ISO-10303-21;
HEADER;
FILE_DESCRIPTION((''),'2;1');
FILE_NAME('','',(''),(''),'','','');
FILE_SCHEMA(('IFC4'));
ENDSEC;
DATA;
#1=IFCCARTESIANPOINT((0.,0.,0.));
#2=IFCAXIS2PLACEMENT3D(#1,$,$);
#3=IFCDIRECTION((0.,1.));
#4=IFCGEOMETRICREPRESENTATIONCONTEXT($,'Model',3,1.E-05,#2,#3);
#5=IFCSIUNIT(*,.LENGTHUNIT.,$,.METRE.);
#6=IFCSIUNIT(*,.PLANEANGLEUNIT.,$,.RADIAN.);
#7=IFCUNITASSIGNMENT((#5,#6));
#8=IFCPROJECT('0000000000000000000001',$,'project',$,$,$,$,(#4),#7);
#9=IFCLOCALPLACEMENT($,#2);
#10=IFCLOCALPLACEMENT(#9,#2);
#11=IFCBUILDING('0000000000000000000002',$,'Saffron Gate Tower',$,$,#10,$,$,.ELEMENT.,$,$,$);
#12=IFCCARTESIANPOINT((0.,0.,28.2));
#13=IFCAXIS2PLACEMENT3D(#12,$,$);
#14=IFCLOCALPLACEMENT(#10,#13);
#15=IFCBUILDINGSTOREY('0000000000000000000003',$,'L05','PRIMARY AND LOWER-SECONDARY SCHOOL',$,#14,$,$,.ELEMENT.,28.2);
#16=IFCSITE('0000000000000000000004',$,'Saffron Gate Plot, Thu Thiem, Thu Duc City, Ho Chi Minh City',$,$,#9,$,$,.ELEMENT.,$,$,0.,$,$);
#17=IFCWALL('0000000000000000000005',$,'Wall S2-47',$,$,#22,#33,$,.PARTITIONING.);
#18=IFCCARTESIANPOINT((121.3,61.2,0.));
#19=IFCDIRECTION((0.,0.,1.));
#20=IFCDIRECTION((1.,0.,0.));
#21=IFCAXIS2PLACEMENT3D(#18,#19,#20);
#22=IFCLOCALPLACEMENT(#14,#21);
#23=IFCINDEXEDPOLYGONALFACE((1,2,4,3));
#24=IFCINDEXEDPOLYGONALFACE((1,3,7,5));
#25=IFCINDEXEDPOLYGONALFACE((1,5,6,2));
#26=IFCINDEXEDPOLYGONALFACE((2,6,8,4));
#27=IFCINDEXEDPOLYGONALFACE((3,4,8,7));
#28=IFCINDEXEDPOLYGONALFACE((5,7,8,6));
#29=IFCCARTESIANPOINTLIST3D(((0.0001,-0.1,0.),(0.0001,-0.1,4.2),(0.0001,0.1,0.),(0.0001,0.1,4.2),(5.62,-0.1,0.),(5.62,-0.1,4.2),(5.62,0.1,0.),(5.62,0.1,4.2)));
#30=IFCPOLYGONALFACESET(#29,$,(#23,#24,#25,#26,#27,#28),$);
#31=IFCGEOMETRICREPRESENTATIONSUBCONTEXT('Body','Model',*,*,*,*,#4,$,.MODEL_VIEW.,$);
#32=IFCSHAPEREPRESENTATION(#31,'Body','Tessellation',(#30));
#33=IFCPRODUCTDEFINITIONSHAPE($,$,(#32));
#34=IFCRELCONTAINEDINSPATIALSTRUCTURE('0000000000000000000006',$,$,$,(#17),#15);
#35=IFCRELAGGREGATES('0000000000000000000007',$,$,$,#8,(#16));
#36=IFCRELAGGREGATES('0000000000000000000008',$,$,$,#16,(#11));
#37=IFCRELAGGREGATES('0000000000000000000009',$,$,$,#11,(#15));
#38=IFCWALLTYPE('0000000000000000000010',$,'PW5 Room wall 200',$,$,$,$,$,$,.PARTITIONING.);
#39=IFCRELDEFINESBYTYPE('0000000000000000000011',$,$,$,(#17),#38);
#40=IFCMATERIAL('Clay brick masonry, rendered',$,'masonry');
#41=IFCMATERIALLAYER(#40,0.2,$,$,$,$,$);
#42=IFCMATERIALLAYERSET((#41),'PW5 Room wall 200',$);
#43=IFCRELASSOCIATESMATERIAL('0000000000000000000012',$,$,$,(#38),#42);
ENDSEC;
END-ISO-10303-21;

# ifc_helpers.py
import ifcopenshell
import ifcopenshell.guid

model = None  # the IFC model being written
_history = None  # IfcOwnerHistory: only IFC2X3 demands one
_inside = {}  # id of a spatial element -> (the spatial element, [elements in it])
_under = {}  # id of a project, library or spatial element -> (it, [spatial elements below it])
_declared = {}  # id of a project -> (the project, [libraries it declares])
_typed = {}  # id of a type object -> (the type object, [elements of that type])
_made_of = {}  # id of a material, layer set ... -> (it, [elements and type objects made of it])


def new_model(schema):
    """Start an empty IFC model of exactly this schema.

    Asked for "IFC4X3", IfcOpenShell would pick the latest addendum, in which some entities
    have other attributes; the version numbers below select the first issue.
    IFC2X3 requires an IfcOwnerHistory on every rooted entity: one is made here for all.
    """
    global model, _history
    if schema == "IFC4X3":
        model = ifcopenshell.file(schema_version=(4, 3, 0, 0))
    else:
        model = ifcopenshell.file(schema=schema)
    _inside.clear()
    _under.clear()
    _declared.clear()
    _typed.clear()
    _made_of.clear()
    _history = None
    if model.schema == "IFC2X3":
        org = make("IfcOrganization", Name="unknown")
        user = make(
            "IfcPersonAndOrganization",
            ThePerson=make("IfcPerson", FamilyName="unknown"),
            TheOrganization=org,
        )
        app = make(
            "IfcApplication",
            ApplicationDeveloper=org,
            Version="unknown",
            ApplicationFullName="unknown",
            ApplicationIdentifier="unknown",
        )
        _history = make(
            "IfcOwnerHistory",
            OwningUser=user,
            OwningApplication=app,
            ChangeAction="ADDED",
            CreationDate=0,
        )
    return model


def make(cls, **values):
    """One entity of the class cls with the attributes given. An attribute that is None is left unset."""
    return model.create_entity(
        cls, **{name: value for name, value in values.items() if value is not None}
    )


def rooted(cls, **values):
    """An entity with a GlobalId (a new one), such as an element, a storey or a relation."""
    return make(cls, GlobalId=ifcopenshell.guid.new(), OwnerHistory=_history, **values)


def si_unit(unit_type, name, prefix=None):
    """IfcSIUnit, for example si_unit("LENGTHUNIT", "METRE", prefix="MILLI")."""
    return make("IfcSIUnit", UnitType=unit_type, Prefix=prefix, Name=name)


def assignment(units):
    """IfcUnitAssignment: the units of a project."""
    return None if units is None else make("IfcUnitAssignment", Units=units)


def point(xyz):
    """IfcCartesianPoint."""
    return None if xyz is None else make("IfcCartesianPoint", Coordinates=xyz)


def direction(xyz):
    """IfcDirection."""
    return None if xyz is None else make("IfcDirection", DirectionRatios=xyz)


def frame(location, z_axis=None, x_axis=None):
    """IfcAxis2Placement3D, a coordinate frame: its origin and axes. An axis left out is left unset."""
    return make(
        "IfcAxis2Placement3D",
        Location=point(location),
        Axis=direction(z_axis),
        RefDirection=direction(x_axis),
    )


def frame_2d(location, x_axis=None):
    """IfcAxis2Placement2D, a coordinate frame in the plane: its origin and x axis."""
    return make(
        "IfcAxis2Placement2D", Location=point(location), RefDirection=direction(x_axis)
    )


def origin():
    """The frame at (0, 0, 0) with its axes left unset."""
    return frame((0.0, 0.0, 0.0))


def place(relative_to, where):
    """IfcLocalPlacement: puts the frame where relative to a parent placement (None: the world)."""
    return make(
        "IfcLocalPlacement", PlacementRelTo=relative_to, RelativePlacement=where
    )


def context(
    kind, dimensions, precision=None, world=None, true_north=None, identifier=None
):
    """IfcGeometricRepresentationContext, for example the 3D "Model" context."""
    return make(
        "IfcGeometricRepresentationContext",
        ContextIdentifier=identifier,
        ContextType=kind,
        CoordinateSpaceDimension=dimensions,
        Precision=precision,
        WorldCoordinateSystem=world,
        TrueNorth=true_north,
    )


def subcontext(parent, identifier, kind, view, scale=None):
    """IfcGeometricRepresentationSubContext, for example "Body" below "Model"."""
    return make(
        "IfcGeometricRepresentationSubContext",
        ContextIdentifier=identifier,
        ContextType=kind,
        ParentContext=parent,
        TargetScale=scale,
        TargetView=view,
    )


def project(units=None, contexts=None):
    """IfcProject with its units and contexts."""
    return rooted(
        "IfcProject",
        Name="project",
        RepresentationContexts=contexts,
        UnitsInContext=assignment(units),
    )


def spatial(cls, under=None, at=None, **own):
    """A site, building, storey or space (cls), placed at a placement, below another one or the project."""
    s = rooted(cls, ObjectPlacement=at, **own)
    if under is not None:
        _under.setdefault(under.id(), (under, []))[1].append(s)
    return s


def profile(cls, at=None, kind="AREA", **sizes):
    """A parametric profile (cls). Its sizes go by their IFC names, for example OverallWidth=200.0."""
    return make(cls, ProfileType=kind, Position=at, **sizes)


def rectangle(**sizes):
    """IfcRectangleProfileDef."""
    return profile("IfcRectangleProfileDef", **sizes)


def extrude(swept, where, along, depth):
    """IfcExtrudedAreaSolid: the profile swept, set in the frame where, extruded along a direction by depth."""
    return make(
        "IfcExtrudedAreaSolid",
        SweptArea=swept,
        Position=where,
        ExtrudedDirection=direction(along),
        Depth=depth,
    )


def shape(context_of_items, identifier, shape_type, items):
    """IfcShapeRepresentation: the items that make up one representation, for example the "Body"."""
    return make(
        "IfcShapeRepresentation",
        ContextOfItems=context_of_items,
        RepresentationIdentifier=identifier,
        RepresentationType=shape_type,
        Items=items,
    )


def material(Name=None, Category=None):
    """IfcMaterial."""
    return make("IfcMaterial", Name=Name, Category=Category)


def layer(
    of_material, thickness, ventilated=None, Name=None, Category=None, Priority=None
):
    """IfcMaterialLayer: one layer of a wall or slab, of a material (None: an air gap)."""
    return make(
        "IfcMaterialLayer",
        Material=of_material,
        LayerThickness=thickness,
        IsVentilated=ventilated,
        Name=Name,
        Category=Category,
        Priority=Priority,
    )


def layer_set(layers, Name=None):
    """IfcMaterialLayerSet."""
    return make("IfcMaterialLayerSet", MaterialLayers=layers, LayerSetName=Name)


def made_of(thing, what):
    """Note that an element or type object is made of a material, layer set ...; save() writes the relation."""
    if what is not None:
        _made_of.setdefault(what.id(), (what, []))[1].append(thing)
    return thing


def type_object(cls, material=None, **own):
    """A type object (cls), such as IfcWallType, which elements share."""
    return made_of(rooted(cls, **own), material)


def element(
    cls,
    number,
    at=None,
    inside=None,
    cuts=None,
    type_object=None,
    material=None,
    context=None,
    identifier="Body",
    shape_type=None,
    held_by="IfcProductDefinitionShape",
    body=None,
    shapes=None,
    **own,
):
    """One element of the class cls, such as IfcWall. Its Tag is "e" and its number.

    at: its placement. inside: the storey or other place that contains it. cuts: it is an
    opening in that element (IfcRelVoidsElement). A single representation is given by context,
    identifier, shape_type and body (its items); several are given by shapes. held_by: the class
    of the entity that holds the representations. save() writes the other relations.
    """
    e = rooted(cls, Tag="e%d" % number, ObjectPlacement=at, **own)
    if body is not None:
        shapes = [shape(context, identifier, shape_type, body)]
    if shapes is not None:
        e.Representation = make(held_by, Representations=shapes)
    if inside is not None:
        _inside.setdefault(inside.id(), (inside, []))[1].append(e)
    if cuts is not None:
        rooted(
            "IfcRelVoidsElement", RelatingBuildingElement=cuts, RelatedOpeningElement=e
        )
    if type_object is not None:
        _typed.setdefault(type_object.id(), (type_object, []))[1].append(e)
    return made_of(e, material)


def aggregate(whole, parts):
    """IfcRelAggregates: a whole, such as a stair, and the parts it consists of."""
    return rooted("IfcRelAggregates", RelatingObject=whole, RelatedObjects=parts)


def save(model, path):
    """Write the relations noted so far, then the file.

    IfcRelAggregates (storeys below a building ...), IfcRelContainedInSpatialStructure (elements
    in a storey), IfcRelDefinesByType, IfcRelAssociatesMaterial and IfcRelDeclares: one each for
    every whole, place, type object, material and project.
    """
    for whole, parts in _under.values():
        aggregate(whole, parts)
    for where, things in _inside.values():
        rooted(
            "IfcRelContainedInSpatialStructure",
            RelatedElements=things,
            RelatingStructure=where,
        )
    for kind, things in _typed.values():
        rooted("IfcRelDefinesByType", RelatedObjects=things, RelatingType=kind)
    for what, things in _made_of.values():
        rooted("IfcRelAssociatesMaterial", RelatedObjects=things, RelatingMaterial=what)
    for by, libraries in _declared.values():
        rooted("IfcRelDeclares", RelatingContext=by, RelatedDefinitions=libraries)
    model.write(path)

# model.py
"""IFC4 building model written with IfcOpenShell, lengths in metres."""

from ifc_helpers import new_model, si_unit, direction, frame, frame_2d, origin, place, context, subcontext, project, spatial, rectangle, extrude, material, layer, layer_set, type_object, element, save


model = new_model("IFC4")

# Units and contexts
model_context = context("Model", 3, precision=1e-05, world=origin(), true_north=direction((0.0, 1.0)))
body_context = subcontext(model_context, "Body", "Model", "MODEL_VIEW")
ifc_project = project(units=[si_unit("LENGTHUNIT", "METRE"), si_unit("PLANEANGLEUNIT", "RADIAN")], contexts=[model_context])

# Site, building, storey
site_placement = place(None, origin())
site = spatial("IfcSite", under=ifc_project, at=site_placement, Name="Saffron Gate Plot, Thu Thiem, Thu Duc City, Ho Chi Minh City", CompositionType="ELEMENT", RefElevation=0.0)
building_placement = place(site_placement, origin())
building = spatial("IfcBuilding", under=site, at=building_placement, Name="Saffron Gate Tower", CompositionType="ELEMENT")
storey_placement = place(building_placement, frame((0.0, 0.0, 28.2)))
storey = spatial("IfcBuildingStorey", under=building, at=storey_placement, Name="L05", Description="PRIMARY AND LOWER-SECONDARY SCHOOL", CompositionType="ELEMENT", Elevation=28.2)

# Shared definitions
ifc_material_1 = material(Name="Clay brick masonry, rendered", Category="masonry")

# Wall
ifc_layer_1 = layer(ifc_material_1, 0.2)
ifc_layer_set_1 = layer_set([ifc_layer_1], Name="PW5 Room wall 200")
wall_type_1 = type_object("IfcWallType", Name="PW5 Room wall 200", PredefinedType="PARTITIONING", material=ifc_layer_set_1)
wall_1_placement = place(storey_placement, frame((121.3, 61.2, 0.0), z_axis=(0.0, 0.0, 1.0), x_axis=(1.0, 0.0, 0.0)))
element("IfcWall", 1, at=wall_1_placement, inside=storey, type_object=wall_type_1, Name="Wall S2-47", PredefinedType="PARTITIONING", context=body_context, shape_type="SweptSolid", body=[
    extrude(rectangle(XDim=5.6199, YDim=0.2, at=frame_2d((2.8101, 0.0))), origin(), (0.0, 0.0, 1.0), 4.2),
])

save(model, "model.ifc")
